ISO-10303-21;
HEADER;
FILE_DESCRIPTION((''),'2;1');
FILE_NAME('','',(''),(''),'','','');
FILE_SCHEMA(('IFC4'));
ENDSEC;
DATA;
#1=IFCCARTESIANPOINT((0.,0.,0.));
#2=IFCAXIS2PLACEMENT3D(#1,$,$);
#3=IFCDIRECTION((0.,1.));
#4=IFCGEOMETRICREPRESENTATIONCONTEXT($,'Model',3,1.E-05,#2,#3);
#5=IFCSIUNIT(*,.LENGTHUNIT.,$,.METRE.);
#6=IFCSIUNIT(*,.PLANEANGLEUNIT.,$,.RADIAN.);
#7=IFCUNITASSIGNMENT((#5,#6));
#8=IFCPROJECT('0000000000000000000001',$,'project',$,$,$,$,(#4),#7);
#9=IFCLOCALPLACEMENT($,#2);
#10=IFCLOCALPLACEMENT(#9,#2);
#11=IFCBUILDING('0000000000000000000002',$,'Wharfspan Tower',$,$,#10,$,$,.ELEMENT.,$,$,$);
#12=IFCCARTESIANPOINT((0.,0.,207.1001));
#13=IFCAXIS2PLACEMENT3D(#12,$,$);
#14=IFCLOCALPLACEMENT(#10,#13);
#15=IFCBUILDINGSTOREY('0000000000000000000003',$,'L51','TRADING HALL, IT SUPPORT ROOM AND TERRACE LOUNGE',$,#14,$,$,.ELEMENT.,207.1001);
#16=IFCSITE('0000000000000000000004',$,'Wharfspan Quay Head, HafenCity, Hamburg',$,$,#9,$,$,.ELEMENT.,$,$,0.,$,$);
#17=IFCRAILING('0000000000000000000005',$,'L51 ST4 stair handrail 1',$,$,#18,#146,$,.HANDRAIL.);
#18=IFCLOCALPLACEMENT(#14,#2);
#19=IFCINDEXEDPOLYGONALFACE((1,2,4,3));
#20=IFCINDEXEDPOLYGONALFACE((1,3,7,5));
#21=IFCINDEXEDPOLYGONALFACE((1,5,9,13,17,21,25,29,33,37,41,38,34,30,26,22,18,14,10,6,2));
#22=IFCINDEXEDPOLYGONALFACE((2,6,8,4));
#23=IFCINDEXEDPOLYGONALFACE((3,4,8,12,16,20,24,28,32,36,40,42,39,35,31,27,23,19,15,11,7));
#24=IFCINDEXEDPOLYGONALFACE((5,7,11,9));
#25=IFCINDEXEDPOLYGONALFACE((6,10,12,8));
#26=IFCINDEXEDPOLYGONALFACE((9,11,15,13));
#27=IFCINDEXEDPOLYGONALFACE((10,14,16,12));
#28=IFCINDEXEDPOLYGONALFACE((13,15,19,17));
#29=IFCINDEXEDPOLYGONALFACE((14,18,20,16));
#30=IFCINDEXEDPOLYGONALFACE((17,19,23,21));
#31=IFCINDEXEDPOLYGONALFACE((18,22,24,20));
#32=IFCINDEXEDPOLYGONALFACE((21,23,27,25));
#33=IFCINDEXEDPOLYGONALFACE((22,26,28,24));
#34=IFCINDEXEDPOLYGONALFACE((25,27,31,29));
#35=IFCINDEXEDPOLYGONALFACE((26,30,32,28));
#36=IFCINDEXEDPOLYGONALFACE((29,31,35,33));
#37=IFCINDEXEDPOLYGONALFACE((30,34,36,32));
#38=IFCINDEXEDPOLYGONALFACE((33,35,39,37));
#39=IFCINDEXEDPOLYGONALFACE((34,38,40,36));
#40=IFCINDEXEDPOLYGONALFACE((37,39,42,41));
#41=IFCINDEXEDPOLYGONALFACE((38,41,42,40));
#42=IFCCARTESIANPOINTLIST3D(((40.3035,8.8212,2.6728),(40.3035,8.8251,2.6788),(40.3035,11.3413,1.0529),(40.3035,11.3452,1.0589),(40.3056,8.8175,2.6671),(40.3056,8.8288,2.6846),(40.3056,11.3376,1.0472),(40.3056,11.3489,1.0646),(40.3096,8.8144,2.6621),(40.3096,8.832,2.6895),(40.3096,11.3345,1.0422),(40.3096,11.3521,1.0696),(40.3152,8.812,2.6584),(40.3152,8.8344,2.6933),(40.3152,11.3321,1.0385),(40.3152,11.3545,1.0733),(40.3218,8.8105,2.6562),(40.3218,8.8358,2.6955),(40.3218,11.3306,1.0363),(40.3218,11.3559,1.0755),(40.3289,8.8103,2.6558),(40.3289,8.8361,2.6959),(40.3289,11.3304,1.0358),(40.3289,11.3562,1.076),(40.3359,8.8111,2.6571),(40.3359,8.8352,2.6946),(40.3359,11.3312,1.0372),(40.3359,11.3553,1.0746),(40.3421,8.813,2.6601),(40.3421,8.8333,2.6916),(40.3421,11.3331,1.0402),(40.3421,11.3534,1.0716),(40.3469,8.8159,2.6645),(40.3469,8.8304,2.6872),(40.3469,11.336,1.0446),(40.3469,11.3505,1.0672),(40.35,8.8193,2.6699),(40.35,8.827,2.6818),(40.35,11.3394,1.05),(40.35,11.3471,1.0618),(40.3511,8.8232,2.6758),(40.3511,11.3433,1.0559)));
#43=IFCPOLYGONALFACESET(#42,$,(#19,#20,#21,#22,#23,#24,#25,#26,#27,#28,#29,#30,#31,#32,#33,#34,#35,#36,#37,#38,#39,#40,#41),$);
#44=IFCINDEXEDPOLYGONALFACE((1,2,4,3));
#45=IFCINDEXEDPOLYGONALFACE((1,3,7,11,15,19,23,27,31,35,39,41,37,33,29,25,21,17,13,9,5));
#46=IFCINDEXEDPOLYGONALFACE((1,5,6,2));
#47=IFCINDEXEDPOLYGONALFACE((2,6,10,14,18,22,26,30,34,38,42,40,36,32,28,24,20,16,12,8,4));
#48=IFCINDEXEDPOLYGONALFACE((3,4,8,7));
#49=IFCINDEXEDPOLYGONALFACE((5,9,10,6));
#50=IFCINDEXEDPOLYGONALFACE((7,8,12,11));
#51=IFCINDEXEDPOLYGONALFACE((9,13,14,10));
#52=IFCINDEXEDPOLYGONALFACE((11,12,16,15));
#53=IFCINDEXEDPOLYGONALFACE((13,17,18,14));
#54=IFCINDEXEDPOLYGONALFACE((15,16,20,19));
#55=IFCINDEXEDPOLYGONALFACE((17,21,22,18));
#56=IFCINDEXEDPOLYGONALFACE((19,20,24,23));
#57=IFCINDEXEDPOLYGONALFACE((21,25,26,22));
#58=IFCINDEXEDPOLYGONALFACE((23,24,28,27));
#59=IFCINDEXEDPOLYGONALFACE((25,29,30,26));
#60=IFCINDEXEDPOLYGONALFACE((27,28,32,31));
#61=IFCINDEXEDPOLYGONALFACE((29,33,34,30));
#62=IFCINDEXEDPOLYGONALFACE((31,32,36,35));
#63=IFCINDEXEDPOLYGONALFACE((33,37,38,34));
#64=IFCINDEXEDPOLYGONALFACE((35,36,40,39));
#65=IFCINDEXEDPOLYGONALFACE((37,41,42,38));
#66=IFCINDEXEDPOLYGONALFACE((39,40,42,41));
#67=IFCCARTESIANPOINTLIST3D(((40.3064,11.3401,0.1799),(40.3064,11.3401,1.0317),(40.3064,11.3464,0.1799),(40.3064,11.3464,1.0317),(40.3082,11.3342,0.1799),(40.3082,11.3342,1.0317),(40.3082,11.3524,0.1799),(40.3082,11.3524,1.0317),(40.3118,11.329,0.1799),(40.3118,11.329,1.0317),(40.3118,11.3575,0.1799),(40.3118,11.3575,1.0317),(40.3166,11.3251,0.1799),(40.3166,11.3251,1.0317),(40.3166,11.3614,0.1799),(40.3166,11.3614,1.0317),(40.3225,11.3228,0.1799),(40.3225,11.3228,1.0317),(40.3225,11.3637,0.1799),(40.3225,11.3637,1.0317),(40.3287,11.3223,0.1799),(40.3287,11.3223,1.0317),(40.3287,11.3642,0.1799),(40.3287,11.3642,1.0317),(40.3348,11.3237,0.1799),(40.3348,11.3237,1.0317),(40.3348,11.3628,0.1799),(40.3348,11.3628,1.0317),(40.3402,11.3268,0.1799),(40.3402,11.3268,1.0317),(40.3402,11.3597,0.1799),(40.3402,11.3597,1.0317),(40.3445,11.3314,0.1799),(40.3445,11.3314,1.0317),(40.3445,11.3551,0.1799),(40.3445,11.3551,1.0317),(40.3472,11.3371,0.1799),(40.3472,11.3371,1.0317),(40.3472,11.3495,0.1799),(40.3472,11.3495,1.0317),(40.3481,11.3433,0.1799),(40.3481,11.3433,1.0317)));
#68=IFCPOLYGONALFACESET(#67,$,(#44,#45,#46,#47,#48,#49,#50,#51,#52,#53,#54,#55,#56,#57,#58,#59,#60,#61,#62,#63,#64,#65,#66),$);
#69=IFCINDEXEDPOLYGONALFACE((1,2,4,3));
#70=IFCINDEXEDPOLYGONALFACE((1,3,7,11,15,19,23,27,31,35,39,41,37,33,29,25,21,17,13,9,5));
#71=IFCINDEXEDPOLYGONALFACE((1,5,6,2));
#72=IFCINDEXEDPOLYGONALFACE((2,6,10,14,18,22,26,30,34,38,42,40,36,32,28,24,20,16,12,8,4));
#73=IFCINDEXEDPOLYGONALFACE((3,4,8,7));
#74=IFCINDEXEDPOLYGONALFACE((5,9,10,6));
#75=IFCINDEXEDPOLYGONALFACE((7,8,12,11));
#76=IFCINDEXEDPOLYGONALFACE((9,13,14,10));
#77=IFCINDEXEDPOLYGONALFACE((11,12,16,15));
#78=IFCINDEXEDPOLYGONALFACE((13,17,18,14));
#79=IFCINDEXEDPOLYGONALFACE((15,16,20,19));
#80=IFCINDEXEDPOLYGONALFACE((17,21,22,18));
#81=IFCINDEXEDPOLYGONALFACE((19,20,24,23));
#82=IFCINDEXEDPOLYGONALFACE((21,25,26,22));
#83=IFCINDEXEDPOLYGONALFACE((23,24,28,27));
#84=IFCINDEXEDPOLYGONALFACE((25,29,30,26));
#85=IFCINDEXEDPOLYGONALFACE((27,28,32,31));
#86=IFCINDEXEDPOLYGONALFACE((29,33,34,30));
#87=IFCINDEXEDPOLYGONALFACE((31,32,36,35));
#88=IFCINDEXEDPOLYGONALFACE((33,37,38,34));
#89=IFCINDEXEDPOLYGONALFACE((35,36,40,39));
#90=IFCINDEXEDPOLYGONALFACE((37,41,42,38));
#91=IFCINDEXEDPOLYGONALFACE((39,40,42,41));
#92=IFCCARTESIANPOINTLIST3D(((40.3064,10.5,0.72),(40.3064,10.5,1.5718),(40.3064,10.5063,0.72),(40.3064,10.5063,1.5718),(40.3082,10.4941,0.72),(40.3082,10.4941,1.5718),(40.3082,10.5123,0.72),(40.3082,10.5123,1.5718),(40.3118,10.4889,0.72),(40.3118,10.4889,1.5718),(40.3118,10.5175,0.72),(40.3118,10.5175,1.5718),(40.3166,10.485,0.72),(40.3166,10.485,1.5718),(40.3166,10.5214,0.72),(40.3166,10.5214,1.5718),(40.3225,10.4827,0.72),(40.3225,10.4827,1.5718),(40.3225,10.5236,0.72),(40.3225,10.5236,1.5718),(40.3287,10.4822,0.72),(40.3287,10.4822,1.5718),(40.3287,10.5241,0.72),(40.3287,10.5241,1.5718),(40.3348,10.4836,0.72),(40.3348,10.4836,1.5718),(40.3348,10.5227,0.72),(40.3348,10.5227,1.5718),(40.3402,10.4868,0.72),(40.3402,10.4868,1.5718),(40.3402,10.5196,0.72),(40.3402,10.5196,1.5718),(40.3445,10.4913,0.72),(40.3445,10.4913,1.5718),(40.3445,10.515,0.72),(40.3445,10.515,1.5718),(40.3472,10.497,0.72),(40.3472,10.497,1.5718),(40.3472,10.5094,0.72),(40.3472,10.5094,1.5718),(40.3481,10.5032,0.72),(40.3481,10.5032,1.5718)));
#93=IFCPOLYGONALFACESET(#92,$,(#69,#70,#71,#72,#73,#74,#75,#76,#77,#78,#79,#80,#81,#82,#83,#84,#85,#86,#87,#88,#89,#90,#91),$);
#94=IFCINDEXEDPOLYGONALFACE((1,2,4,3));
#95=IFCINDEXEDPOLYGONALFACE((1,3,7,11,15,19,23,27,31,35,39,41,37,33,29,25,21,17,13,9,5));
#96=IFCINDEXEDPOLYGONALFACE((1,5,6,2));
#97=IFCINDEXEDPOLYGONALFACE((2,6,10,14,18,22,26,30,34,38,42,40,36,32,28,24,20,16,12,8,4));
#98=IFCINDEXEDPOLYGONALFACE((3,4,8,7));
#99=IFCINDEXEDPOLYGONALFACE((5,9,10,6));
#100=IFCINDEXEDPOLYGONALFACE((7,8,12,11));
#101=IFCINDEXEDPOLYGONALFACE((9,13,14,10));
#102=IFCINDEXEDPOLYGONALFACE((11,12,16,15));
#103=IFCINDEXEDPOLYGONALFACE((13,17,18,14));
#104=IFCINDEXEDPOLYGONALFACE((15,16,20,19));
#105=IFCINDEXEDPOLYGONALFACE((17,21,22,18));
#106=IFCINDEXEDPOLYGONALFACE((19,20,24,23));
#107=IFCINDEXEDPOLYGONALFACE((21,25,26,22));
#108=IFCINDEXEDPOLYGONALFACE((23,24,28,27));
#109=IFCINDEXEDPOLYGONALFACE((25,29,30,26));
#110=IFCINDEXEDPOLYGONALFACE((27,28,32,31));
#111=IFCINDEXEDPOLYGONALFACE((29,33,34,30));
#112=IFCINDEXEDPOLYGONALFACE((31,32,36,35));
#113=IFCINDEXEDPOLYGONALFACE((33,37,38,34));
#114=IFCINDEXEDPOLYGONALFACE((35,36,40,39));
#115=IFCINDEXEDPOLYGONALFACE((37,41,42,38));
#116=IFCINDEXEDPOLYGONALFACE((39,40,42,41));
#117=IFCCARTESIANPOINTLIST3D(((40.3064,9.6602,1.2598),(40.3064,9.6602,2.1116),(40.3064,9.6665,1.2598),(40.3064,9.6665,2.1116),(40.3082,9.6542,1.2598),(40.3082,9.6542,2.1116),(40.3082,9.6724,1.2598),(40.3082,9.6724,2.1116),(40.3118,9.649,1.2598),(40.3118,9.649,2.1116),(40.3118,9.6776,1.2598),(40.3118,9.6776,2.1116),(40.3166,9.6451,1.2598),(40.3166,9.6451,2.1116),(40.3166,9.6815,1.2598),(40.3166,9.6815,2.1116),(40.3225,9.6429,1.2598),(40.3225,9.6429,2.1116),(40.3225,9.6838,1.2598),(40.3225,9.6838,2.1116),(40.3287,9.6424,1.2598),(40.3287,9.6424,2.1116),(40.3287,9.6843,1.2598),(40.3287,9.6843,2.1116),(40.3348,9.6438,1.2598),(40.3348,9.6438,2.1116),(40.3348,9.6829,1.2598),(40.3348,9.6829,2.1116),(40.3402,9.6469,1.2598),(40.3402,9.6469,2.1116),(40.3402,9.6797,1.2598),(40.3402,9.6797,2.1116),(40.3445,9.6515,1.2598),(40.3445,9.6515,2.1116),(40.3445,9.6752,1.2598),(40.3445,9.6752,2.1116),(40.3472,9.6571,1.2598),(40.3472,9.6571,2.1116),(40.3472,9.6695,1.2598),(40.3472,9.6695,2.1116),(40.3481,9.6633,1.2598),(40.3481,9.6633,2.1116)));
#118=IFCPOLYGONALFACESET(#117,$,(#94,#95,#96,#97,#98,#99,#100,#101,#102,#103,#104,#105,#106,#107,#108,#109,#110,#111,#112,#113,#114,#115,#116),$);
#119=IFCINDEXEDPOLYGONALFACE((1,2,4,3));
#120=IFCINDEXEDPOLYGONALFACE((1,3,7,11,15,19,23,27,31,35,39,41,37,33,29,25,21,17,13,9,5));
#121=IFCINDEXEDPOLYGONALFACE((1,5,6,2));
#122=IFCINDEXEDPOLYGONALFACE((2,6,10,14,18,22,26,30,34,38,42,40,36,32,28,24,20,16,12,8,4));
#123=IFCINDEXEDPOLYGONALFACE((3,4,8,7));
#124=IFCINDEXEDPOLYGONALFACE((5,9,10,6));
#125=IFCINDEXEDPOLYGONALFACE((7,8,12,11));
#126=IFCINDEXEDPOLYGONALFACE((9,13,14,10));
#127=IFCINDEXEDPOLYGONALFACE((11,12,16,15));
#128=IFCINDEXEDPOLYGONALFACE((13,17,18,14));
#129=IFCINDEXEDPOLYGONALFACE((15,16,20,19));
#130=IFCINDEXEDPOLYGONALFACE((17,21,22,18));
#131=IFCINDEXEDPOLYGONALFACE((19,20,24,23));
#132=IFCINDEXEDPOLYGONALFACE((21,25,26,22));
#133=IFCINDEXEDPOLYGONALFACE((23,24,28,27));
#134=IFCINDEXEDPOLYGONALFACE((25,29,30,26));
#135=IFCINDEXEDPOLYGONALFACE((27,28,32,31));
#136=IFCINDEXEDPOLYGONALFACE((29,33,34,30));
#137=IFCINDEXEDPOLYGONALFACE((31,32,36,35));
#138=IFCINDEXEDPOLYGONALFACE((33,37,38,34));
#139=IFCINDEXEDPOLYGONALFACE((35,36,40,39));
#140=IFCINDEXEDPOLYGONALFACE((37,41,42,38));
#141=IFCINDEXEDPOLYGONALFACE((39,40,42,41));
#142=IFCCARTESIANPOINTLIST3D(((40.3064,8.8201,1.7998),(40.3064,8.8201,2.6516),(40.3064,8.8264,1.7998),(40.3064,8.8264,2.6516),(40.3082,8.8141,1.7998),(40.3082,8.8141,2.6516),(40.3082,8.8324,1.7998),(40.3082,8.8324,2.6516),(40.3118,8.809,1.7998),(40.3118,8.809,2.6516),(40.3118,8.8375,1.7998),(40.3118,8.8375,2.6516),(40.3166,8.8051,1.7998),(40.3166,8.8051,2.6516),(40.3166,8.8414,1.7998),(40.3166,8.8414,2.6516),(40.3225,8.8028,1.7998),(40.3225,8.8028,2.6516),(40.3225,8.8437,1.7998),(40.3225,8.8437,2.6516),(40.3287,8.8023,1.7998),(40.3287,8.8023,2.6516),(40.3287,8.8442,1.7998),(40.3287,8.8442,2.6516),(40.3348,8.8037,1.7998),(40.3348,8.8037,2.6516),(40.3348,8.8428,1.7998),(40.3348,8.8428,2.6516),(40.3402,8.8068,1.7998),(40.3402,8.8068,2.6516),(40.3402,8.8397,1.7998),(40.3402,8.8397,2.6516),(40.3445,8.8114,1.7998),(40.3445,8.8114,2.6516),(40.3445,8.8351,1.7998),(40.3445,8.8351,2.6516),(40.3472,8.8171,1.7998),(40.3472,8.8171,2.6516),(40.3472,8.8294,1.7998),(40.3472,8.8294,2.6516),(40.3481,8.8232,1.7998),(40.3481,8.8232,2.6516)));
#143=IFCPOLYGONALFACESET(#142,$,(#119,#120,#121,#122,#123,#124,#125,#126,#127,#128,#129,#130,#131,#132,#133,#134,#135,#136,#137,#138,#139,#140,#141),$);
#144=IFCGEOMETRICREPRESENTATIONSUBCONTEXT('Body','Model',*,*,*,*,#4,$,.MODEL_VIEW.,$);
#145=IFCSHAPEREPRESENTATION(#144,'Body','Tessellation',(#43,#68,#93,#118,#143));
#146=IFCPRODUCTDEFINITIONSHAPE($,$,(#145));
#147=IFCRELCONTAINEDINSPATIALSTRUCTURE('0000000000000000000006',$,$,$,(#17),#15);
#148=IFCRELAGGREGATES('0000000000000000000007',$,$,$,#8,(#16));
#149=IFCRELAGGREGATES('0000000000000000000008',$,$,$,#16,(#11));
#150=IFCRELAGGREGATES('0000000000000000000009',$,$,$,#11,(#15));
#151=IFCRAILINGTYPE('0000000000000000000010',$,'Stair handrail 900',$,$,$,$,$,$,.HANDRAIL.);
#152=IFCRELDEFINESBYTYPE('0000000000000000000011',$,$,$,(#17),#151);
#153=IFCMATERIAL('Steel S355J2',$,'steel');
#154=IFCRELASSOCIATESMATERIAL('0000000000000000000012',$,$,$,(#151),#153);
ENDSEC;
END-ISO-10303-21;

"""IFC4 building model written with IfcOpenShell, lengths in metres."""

from ifc_helpers import new_model, si_unit, direction, frame, origin, origin_2d, place, context, subcontext, project, spatial, circle, extrude, material, type_object, element, save


model = new_model("IFC4")

# Units and contexts
model_context = context("Model", 3, precision=1e-05, world=origin(), true_north=direction((0.0, 1.0)))
body_context = subcontext(model_context, "Body", "Model", "MODEL_VIEW")
ifc_project = project(units=[si_unit("LENGTHUNIT", "METRE"), si_unit("PLANEANGLEUNIT", "RADIAN")], contexts=[model_context])

# Site, building, storey
site_placement = place(None, origin())
site = spatial("IfcSite", under=ifc_project, at=site_placement, Name="Wharfspan Quay Head, HafenCity, Hamburg", CompositionType="ELEMENT", RefElevation=0.0)
building_placement = place(site_placement, origin())
building = spatial("IfcBuilding", under=site, at=building_placement, Name="Wharfspan Tower", CompositionType="ELEMENT")
storey_placement = place(building_placement, frame((0.0, 0.0, 207.1001)))
storey = spatial("IfcBuildingStorey", under=building, at=storey_placement, Name="L51", Description="TRADING HALL, IT SUPPORT ROOM AND TERRACE LOUNGE", CompositionType="ELEMENT", Elevation=207.1001)

# Shared definitions
ifc_material_1 = material(Name="Steel S355J2", Category="steel")

# Railing
railing_type_1 = type_object("IfcRailingType", Name="Stair handrail 900", PredefinedType="HANDRAIL", material=ifc_material_1)
railing_1_placement = place(storey_placement, frame((40.3271, 11.3433, 0.1799)))
element("IfcRailing", 1, at=railing_1_placement, inside=storey, type_object=railing_type_1, Name="L51 ST4 stair handrail 1", PredefinedType="HANDRAIL", context=body_context, shape_type="SweptSolid", body=[
    extrude(circle(Radius=0.0239, at=origin_2d()), frame((0.0, 0.0, 0.876), z_axis=(0.0, -0.8412, 0.540725), x_axis=(1.0, 0.0, 0.0)), (0.0, 0.0, 1.0), 2.9958),
    extrude(circle(Radius=0.021, at=origin_2d()), origin(), (0.0, 0.0, 1.0), 0.8518),
    extrude(circle(Radius=0.021, at=origin_2d()), frame((0.0, -0.8401, 0.54)), (0.0, 0.0, 1.0), 0.8518),
    extrude(circle(Radius=0.021, at=origin_2d()), frame((0.0, -1.6799, 1.0798)), (0.0, 0.0, 1.0), 0.8518),
    extrude(circle(Radius=0.021, at=origin_2d()), frame((0.0, -2.52, 1.6199)), (0.0, 0.0, 1.0), 0.8518),
])

save(model, "model.ifc")
